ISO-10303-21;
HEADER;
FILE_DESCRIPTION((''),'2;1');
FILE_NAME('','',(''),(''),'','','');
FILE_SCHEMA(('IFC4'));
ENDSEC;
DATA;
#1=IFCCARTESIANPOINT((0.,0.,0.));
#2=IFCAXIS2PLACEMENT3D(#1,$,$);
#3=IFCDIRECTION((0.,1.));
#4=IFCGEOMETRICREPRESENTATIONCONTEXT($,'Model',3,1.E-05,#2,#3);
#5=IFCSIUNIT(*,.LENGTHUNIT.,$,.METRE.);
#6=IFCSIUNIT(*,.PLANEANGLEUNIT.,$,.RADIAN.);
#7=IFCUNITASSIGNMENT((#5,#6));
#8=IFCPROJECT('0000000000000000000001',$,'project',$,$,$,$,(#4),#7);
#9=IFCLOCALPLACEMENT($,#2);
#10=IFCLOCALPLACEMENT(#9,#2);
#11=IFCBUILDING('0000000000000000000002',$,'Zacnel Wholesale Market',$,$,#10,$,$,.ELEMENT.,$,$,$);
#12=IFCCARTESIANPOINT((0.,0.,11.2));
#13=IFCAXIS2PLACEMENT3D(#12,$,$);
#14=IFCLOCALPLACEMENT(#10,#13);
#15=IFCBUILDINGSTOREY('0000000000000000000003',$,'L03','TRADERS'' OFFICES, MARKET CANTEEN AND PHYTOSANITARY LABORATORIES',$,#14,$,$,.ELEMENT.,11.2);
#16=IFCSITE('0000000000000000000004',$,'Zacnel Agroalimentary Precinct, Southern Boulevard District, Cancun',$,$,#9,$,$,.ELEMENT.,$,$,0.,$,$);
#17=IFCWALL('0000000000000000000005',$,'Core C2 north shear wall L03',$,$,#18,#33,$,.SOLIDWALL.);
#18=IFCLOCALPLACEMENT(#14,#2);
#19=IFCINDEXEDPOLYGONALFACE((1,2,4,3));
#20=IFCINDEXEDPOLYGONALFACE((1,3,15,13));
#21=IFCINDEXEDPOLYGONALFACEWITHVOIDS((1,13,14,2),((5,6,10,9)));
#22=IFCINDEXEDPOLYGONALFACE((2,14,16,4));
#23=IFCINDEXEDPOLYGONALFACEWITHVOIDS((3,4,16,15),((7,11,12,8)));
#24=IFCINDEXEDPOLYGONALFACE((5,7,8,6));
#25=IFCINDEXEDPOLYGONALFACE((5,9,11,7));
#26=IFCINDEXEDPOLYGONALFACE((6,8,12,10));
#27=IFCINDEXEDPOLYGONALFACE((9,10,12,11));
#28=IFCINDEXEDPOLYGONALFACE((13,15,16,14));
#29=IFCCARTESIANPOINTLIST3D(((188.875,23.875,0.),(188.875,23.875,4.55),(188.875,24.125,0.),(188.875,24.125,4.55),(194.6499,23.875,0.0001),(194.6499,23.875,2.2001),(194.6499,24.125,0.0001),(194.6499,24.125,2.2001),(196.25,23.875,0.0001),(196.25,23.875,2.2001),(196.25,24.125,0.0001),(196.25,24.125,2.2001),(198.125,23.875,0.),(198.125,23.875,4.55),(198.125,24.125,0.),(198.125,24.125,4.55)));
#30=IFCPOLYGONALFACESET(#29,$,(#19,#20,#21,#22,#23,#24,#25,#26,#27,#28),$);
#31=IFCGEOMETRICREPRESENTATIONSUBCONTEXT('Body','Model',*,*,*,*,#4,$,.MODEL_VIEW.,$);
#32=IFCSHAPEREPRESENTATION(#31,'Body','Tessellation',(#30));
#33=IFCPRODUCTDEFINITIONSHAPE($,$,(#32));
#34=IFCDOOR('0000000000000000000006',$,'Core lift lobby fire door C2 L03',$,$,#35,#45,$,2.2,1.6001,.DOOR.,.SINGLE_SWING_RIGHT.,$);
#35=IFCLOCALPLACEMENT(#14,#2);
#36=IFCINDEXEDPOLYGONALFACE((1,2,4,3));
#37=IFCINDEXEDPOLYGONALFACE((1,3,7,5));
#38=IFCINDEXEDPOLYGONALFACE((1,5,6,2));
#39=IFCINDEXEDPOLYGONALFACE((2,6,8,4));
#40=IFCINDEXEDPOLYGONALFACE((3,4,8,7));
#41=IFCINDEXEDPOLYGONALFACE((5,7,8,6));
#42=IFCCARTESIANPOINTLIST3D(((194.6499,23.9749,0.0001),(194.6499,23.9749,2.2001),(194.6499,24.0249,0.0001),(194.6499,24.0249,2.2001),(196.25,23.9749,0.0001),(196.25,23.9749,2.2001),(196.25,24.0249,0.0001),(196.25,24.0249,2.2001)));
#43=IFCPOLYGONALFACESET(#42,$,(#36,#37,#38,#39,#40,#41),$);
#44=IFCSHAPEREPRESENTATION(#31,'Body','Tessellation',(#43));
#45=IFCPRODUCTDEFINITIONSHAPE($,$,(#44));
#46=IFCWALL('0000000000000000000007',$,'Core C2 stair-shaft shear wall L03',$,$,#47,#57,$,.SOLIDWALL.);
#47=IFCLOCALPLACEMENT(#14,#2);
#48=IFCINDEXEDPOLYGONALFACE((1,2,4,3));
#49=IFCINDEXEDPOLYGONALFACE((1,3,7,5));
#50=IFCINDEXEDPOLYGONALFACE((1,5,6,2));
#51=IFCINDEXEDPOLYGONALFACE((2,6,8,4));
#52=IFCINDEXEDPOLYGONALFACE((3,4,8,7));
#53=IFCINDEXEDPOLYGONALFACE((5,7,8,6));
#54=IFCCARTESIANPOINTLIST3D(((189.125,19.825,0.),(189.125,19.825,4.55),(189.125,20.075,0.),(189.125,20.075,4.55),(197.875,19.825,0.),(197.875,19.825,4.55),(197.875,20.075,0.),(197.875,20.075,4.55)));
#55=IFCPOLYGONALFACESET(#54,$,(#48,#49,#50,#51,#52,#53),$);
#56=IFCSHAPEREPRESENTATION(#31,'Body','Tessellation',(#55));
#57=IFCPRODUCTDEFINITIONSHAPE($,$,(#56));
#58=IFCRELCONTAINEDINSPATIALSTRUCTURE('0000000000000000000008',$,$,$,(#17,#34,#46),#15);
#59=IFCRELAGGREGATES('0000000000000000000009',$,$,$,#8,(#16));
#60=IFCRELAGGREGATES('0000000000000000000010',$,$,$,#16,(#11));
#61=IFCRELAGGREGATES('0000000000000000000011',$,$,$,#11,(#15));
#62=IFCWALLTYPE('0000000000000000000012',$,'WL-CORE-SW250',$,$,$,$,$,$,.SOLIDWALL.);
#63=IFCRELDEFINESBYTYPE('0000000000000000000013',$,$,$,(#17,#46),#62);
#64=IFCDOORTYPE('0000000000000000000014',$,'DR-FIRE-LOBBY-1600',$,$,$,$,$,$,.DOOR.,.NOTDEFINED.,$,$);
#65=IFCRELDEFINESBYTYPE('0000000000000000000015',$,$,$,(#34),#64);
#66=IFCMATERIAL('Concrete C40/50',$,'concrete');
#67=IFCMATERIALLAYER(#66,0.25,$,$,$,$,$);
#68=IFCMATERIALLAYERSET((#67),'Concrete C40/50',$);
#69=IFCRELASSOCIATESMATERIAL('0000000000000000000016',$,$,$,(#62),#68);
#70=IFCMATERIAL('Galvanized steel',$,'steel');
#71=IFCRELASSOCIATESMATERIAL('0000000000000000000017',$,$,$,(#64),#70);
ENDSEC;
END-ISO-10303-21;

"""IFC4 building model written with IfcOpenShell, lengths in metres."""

from ifc_helpers import new_model, si_unit, direction, frame, frame_2d, origin, place, context, subcontext, project, spatial, rectangle, extrude, material, layer, layer_set, type_object, element, fill, save


model = new_model("IFC4")

# Units and contexts
model_context = context("Model", 3, precision=1e-05, world=origin(), true_north=direction((0.0, 1.0)))
body_context = subcontext(model_context, "Body", "Model", "MODEL_VIEW")
ifc_project = project(units=[si_unit("LENGTHUNIT", "METRE"), si_unit("PLANEANGLEUNIT", "RADIAN")], contexts=[model_context])

# Site, building, storey
site_placement = place(None, origin())
site = spatial("IfcSite", under=ifc_project, at=site_placement, Name="Zacnel Agroalimentary Precinct, Southern Boulevard District, Cancun", CompositionType="ELEMENT", RefElevation=0.0)
building_placement = place(site_placement, origin())
building = spatial("IfcBuilding", under=site, at=building_placement, Name="Zacnel Wholesale Market", CompositionType="ELEMENT")
storey_placement = place(building_placement, frame((0.0, 0.0, 11.2)))
storey = spatial("IfcBuildingStorey", under=building, at=storey_placement, Name="L03", Description="TRADERS' OFFICES, MARKET CANTEEN AND PHYTOSANITARY LABORATORIES", CompositionType="ELEMENT", Elevation=11.2)

# Wall, opening, door
ifc_material_1 = material(Name="Concrete C40/50", Category="concrete")
ifc_layer = layer(ifc_material_1, 0.25)
ifc_layer_set = layer_set([ifc_layer], Name="Concrete C40/50")
wall_type = type_object("IfcWallType", Name="WL-CORE-SW250", PredefinedType="SOLIDWALL", material=ifc_layer_set)
wall_1_placement = place(storey_placement, frame((188.875, 24.0, 0.0), z_axis=(0.0, 0.0, 1.0), x_axis=(1.0, 0.0, 0.0)))
wall_1 = element("IfcWall", 1, at=wall_1_placement, inside=storey, type_object=wall_type, Name="Core C2 north shear wall L03", PredefinedType="SOLIDWALL", context=body_context, shape_type="SweptSolid", body=[
    extrude(rectangle(XDim=9.25, YDim=0.25, at=frame_2d((4.625, 0.0))), origin(), (0.0, 0.0, 1.0), 4.55),
])
opening_placement = place(wall_1_placement, frame((5.7749, 0.0, 0.0)))
opening = element("IfcOpeningElement", 2, at=opening_placement, cuts=wall_1, PredefinedType="OPENING", context=body_context, shape_type="SweptSolid", body=[
    extrude(rectangle(XDim=1.6001, YDim=2.2, at=frame_2d((0.8, 1.1001))), frame((0.0, 0.135, 0.0), z_axis=(0.0, -1.0, 0.0), x_axis=(1.0, 0.0, 0.0)), (0.0, 0.0, 1.0), 0.27),
])
ifc_material_2 = material(Name="Galvanized steel", Category="steel")
door_type = type_object("IfcDoorType", Name="DR-FIRE-LOBBY-1600", OperationType="NOTDEFINED", PredefinedType="DOOR", material=ifc_material_2)
door_placement = place(opening_placement, origin())
door = element("IfcDoor", 3, at=door_placement, inside=storey, type_object=door_type, Name="Core lift lobby fire door C2 L03", OperationType="SINGLE_SWING_RIGHT", OverallHeight=2.2, OverallWidth=1.6001, PredefinedType="DOOR", context=body_context, shape_type="SweptSolid", body=[
    extrude(rectangle(XDim=1.6001, YDim=2.2, at=frame_2d((0.8, 1.1001))), frame((0.0, 0.0249, 0.0), z_axis=(0.0, -1.0, 0.0), x_axis=(1.0, 0.0, 0.0)), (0.0, 0.0, 1.0), 0.05),
])
fill(opening, door)

# Wall
wall_2_placement = place(storey_placement, frame((189.125, 19.95, 0.0), z_axis=(0.0, 0.0, 1.0), x_axis=(1.0, 0.0, 0.0)))
element("IfcWall", 4, at=wall_2_placement, inside=storey, type_object=wall_type, Name="Core C2 stair-shaft shear wall L03", PredefinedType="SOLIDWALL", context=body_context, shape_type="SweptSolid", body=[
    extrude(rectangle(XDim=8.75, YDim=0.25, at=frame_2d((4.375, 0.0))), origin(), (0.0, 0.0, 1.0), 4.55),
])

save(model, "model.ifc")
